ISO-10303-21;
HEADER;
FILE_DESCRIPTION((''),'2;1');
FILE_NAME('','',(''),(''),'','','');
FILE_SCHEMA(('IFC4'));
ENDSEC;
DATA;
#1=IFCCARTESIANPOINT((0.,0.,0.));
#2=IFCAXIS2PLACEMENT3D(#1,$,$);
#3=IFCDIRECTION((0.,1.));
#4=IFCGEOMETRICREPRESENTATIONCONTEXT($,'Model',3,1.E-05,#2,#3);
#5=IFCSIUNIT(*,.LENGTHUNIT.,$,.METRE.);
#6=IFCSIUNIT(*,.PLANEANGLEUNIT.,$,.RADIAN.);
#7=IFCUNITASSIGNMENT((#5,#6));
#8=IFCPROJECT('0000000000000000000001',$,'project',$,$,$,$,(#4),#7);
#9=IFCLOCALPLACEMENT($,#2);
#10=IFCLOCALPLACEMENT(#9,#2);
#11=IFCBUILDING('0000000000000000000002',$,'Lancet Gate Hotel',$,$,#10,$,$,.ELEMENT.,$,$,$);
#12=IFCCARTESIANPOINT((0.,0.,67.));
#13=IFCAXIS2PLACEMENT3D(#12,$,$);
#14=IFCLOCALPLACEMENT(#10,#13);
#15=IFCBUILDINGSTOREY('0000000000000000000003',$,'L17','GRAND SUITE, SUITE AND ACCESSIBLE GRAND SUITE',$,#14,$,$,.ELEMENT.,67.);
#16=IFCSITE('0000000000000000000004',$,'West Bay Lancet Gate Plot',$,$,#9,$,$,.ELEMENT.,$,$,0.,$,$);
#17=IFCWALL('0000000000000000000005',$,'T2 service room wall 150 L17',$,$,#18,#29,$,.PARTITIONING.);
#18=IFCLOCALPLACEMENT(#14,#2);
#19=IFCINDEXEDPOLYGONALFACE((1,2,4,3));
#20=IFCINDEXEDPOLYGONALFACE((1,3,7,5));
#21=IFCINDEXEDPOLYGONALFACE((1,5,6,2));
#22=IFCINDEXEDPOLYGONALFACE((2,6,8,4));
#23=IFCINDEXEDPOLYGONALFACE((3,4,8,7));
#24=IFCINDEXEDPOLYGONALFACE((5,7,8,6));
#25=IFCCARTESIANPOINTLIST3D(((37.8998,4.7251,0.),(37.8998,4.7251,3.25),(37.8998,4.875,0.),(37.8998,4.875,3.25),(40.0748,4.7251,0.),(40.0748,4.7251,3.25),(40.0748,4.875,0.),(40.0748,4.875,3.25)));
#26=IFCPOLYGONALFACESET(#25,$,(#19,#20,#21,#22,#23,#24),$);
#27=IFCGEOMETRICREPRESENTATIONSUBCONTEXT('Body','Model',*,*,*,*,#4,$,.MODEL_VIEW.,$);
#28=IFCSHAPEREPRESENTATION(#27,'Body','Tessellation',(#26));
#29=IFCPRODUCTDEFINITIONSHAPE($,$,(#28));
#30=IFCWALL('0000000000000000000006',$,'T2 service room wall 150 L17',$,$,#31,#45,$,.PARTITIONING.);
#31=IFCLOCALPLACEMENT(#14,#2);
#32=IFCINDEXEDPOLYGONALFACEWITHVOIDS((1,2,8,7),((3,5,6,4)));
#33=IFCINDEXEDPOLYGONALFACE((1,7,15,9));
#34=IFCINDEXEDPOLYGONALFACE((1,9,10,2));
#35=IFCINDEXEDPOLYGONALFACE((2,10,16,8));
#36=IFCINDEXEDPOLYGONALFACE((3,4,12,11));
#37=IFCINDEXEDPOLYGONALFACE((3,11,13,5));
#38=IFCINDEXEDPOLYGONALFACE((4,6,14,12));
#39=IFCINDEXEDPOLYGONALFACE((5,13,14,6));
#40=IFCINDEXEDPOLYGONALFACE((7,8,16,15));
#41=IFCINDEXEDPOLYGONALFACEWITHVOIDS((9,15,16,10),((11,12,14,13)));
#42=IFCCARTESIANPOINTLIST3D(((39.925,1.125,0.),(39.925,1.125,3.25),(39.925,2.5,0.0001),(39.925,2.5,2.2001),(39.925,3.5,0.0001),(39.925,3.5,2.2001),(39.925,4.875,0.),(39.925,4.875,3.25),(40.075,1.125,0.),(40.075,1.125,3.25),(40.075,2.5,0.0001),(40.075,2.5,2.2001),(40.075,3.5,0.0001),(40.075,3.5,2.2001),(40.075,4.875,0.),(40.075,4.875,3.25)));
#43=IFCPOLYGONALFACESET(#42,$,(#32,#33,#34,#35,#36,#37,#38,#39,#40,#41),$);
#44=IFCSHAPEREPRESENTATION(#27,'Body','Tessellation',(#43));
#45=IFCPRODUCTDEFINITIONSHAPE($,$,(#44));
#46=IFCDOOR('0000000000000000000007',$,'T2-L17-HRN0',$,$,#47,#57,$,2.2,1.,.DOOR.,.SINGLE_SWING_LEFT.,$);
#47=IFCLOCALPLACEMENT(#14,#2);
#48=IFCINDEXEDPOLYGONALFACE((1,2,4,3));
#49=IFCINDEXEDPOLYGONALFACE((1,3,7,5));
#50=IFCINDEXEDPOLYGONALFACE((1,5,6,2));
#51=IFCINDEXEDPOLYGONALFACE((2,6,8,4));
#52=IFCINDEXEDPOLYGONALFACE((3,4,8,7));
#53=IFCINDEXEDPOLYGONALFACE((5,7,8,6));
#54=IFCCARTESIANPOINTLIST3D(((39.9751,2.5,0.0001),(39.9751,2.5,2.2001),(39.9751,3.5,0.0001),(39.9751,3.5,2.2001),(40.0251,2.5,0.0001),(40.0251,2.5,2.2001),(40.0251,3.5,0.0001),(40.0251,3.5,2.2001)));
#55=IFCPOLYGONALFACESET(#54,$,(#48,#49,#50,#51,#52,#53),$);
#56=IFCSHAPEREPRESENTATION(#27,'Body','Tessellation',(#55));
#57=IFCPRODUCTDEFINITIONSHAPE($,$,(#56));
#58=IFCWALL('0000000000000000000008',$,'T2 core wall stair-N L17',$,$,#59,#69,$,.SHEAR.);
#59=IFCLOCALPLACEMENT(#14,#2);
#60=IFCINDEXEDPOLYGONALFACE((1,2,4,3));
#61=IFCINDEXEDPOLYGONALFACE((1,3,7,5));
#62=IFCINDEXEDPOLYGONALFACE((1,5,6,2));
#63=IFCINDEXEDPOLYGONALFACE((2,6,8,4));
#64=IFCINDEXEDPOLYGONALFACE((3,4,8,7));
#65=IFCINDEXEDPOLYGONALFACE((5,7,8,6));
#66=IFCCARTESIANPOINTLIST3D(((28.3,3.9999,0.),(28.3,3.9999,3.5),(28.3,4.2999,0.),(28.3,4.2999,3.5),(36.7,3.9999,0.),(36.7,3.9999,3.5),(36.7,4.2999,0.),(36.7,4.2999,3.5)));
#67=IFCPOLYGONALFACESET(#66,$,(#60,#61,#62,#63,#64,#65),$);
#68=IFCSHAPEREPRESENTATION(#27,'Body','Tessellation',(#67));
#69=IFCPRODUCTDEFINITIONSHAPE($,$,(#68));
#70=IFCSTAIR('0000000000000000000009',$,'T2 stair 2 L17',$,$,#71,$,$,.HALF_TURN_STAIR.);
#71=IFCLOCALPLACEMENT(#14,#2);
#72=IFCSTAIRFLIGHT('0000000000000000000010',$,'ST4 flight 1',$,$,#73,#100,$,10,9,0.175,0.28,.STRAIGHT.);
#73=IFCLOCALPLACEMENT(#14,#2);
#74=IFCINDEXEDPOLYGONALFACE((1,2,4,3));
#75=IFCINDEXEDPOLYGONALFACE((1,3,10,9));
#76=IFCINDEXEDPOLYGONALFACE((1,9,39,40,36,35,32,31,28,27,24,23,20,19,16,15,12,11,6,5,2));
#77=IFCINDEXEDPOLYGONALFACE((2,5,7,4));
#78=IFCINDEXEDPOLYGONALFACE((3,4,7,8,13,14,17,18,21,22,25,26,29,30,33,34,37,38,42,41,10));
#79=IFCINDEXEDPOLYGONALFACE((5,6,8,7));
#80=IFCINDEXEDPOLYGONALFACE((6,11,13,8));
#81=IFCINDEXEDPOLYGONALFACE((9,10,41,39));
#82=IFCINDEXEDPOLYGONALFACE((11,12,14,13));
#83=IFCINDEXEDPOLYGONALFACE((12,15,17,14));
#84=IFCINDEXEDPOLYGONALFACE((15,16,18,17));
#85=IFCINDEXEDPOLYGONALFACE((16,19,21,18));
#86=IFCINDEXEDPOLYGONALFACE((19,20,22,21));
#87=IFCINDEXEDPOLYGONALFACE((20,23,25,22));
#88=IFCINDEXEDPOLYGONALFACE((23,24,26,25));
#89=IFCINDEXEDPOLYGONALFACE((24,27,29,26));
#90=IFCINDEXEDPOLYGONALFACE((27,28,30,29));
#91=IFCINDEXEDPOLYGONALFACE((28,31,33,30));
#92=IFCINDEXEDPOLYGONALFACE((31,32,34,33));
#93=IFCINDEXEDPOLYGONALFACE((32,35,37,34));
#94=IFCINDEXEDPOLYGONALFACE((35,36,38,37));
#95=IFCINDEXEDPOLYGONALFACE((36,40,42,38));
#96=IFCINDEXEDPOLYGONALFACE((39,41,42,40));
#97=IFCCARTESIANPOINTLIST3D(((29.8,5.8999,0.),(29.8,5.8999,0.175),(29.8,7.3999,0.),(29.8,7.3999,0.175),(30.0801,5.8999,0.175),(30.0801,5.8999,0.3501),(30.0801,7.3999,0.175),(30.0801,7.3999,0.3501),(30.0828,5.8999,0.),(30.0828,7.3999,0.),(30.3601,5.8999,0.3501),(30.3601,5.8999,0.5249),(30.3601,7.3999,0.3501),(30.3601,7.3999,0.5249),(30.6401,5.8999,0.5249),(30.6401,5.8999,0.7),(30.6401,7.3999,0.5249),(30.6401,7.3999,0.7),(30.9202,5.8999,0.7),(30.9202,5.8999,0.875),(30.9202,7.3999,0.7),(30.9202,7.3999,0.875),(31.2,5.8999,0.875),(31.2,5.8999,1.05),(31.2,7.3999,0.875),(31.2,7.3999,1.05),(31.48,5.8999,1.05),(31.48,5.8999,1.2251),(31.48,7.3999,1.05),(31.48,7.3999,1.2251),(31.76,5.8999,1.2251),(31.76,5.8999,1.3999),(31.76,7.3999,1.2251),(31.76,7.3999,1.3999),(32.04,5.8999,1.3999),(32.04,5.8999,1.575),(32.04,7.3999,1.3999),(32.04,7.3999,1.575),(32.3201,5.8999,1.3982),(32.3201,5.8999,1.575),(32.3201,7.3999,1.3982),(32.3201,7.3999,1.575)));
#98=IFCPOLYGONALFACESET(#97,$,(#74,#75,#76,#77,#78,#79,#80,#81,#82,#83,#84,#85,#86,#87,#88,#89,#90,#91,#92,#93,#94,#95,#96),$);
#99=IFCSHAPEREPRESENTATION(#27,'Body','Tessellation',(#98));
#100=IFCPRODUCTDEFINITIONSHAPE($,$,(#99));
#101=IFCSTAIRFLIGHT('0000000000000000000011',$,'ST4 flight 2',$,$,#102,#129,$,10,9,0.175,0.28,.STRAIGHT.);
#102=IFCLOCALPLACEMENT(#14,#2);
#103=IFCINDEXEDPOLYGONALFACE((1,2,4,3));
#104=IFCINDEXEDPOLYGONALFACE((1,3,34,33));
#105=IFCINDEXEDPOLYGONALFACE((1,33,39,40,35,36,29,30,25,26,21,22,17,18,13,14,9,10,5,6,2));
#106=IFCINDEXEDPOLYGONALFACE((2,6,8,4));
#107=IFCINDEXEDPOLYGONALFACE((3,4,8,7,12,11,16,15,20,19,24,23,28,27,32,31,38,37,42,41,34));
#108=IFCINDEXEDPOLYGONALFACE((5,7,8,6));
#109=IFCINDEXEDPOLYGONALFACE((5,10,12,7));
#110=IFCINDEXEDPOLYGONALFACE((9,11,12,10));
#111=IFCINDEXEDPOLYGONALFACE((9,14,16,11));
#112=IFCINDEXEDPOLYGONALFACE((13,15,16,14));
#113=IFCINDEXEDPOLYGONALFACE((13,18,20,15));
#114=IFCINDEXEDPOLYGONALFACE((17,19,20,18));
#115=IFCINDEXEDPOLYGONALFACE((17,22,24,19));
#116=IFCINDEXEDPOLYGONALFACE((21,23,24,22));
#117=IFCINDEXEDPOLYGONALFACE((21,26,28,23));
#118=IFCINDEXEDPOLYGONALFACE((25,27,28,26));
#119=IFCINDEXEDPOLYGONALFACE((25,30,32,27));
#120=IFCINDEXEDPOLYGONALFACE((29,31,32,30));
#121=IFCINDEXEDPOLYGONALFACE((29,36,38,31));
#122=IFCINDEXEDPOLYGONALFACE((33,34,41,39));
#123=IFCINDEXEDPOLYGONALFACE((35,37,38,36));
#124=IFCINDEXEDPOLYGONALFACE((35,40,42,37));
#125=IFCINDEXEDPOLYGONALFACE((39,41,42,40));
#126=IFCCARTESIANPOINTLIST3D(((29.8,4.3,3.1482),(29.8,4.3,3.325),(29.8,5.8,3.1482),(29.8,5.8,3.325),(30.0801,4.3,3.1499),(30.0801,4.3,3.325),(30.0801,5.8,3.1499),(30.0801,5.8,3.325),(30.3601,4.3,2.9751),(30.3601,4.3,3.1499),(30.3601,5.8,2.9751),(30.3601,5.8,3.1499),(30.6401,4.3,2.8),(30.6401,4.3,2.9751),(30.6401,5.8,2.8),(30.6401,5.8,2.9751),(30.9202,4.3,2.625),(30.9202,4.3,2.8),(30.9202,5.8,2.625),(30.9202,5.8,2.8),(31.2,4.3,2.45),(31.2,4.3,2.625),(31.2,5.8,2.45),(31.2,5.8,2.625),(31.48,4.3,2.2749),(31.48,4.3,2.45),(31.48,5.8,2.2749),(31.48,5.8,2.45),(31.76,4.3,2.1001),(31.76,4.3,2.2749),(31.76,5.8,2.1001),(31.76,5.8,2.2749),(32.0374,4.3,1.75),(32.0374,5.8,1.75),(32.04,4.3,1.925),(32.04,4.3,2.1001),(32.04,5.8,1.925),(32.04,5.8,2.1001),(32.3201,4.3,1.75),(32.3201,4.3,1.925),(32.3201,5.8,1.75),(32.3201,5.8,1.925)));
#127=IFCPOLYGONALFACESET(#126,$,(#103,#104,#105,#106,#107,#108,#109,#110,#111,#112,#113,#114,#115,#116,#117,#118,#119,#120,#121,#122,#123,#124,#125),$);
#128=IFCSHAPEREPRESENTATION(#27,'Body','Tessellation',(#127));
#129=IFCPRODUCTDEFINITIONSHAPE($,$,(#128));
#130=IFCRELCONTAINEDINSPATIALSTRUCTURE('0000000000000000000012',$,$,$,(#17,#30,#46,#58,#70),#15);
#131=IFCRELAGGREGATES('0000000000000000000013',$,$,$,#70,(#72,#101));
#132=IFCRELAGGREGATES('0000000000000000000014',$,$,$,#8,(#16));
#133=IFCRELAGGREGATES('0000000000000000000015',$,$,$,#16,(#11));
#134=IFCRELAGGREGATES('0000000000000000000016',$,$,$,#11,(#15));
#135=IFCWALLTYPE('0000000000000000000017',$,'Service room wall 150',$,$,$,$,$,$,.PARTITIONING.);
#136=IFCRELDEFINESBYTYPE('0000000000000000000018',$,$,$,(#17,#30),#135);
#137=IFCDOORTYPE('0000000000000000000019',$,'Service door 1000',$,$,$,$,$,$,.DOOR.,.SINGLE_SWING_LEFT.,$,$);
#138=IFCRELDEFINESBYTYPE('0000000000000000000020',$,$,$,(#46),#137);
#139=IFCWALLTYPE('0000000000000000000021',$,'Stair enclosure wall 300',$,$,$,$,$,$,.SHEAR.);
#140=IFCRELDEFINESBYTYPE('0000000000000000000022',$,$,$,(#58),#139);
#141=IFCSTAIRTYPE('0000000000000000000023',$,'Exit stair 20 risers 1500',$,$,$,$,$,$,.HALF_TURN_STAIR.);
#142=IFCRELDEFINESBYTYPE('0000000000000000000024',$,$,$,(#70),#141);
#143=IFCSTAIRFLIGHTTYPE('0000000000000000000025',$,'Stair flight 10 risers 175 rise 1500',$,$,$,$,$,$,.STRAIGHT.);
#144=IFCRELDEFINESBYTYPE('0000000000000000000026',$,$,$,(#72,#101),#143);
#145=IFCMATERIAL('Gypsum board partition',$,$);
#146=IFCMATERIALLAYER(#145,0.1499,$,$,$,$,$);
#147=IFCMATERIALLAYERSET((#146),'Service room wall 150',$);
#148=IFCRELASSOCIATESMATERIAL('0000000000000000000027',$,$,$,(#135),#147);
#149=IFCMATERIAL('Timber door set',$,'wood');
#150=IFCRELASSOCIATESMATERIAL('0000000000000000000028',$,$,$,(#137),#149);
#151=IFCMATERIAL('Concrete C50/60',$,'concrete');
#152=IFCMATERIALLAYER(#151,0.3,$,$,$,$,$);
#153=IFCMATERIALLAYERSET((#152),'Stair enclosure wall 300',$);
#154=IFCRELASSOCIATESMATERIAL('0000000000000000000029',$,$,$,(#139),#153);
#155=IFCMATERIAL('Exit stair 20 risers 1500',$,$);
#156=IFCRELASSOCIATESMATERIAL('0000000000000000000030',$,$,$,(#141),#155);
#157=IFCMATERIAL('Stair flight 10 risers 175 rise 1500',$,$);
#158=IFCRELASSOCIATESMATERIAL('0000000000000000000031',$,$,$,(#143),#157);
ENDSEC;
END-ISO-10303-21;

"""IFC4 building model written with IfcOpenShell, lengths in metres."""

from ifc_helpers import new_model, si_unit, direction, frame, frame_2d, origin, place, context, subcontext, project, spatial, polyline, rectangle, outline, extrude, material, layer, layer_set, type_object, element, fill, aggregate, save


model = new_model("IFC4")

# Units and contexts
model_context = context("Model", 3, precision=1e-05, world=origin(), true_north=direction((0.0, 1.0)))
body_context = subcontext(model_context, "Body", "Model", "MODEL_VIEW")
ifc_project = project(units=[si_unit("LENGTHUNIT", "METRE"), si_unit("PLANEANGLEUNIT", "RADIAN")], contexts=[model_context])

# Site, building, storey
site_placement = place(None, origin())
site = spatial("IfcSite", under=ifc_project, at=site_placement, Name="West Bay Lancet Gate Plot", CompositionType="ELEMENT", RefElevation=0.0)
building_placement = place(site_placement, origin())
building = spatial("IfcBuilding", under=site, at=building_placement, Name="Lancet Gate Hotel", CompositionType="ELEMENT")
storey_placement = place(building_placement, frame((0.0, 0.0, 67.0)))
storey = spatial("IfcBuildingStorey", under=building, at=storey_placement, Name="L17", Description="GRAND SUITE, SUITE AND ACCESSIBLE GRAND SUITE", CompositionType="ELEMENT", Elevation=67.0)

# Wall
ifc_material_1 = material(Name="Gypsum board partition")
ifc_layer_1 = layer(ifc_material_1, 0.1499)
ifc_layer_set_1 = layer_set([ifc_layer_1], Name="Service room wall 150")
wall_type_1 = type_object("IfcWallType", Name="Service room wall 150", PredefinedType="PARTITIONING", material=ifc_layer_set_1)
for number, where, z_axis, x_axis, name in (
    (1, (37.8999, 4.8, 0.0), (0.0, 0.0, 1.0), (1.0, 0.0, 0.0), "T2 service room wall 150 L17"),
):
    element("IfcWall", number, at=place(storey_placement, frame(where, z_axis=z_axis, x_axis=x_axis)), inside=storey, type_object=wall_type_1, Name=name, PredefinedType="PARTITIONING", context=body_context, shape_type="SweptSolid", body=[
        extrude(rectangle(XDim=2.175, YDim=0.1499, at=frame_2d((1.0874, 0.0))), origin(), (0.0, 0.0, 1.0), 3.25),
    ])

# Wall, opening, door
wall_1_placement = place(storey_placement, frame((40.0, 1.125, 0.0), z_axis=(0.0, 0.0, 1.0), x_axis=(0.0, 1.0, 0.0)))
wall_1 = element("IfcWall", 2, at=wall_1_placement, inside=storey, type_object=wall_type_1, Name="T2 service room wall 150 L17", PredefinedType="PARTITIONING", context=body_context, shape_type="SweptSolid", body=[
    extrude(rectangle(XDim=3.75, YDim=0.1499, at=frame_2d((1.875, 0.0))), origin(), (0.0, 0.0, 1.0), 3.25),
])
opening_1_placement = place(wall_1_placement, frame((1.375, 0.0, 0.0)))
opening_1 = element("IfcOpeningElement", 3, at=opening_1_placement, cuts=wall_1, PredefinedType="OPENING", context=body_context, shape_type="SweptSolid", body=[
    extrude(rectangle(XDim=1.0, YDim=2.2, at=frame_2d((0.5, 1.1001))), frame((0.0, 0.085, 0.0), z_axis=(0.0, -1.0, 0.0), x_axis=(1.0, 0.0, 0.0)), (0.0, 0.0, 1.0), 0.1699),
])
ifc_material_2 = material(Name="Timber door set", Category="wood")
door_type_1 = type_object("IfcDoorType", Name="Service door 1000", OperationType="SINGLE_SWING_LEFT", PredefinedType="DOOR", material=ifc_material_2)
door_1_placement = place(opening_1_placement, origin())
door_1 = element("IfcDoor", 4, at=door_1_placement, inside=storey, type_object=door_type_1, Name="T2-L17-HRN0", OperationType="SINGLE_SWING_LEFT", OverallHeight=2.2, OverallWidth=1.0, PredefinedType="DOOR", context=body_context, shape_type="SweptSolid", body=[
    extrude(rectangle(XDim=1.0, YDim=2.2, at=frame_2d((0.5, 1.1001))), frame((0.0, 0.0249, 0.0), z_axis=(0.0, -1.0, 0.0), x_axis=(1.0, 0.0, 0.0)), (0.0, 0.0, 1.0), 0.05),
])
fill(opening_1, door_1)

# Wall
ifc_material_3 = material(Name="Concrete C50/60", Category="concrete")
ifc_layer_2 = layer(ifc_material_3, 0.3)
ifc_layer_set_2 = layer_set([ifc_layer_2], Name="Stair enclosure wall 300")
wall_type_2 = type_object("IfcWallType", Name="Stair enclosure wall 300", PredefinedType="SHEAR", material=ifc_layer_set_2)
wall_2_placement = place(storey_placement, frame((28.3, 4.1499, 0.0), z_axis=(0.0, 0.0, 1.0), x_axis=(1.0, 0.0, 0.0)))
element("IfcWall", 5, at=wall_2_placement, inside=storey, type_object=wall_type_2, Name="T2 core wall stair-N L17", PredefinedType="SHEAR", context=body_context, shape_type="SweptSolid", body=[
    extrude(rectangle(XDim=8.3999, YDim=0.3, at=frame_2d((4.2, 0.0))), origin(), (0.0, 0.0, 1.0), 3.5),
])

# Stair, stair flights
ifc_material_4 = material(Name="Exit stair 20 risers 1500")
stair_type = type_object("IfcStairType", Name="Exit stair 20 risers 1500", PredefinedType="HALF_TURN_STAIR", material=ifc_material_4)
stair_placement = place(storey_placement, origin())
stair = element("IfcStair", 6, at=stair_placement, inside=storey, type_object=stair_type, Name="T2 stair 2 L17", PredefinedType="HALF_TURN_STAIR")
ifc_material_5 = material(Name="Stair flight 10 risers 175 rise 1500")
stair_flight_type = type_object("IfcStairFlightType", Name="Stair flight 10 risers 175 rise 1500", PredefinedType="STRAIGHT", material=ifc_material_5)
stair_flight_1_placement = place(storey_placement, frame((29.8, 6.6499, 0.0), z_axis=(0.0, 0.0, 1.0), x_axis=(1.0, 0.0, 0.0)))
stair_flight_1 = element("IfcStairFlight", 7, at=stair_flight_1_placement, type_object=stair_flight_type, Name="ST4 flight 1", NumberOfRisers=10, NumberOfTreads=9, PredefinedType="STRAIGHT", RiserHeight=0.175, TreadLength=0.28, context=body_context, shape_type="SweptSolid", body=[
    extrude(outline(polyline([(0.0, 0.0), (0.0, 0.175), (0.28, 0.175), (0.28, 0.3501), (0.5601, 0.3501), (0.5601, 0.5249), (0.8401, 0.5249), (0.8401, 0.7), (1.1201, 0.7), (1.1201, 0.875), (1.3999, 0.875), (1.3999, 1.05), (1.6799, 1.05), (1.6799, 1.2251), (1.96, 1.2251), (1.96, 1.3999), (2.24, 1.3999), (2.24, 1.575), (2.52, 1.575), (2.52, 1.75), (2.52, 1.3982), (0.2827, 0.0), (0.0, 0.0)])), frame((0.0, 0.75, 0.0), z_axis=(0.0, -1.0, 0.0), x_axis=(1.0, 0.0, 0.0)), (0.0, 0.0, 1.0), 1.5),
])
stair_flight_2_placement = place(storey_placement, frame((32.3201, 5.05, 1.75), z_axis=(0.0, 0.0, 1.0), x_axis=(-1.0, 0.0, 0.0)))
stair_flight_2 = element("IfcStairFlight", 8, at=stair_flight_2_placement, type_object=stair_flight_type, Name="ST4 flight 2", NumberOfRisers=10, NumberOfTreads=9, PredefinedType="STRAIGHT", RiserHeight=0.175, TreadLength=0.28, context=body_context, shape_type="SweptSolid", body=[
    extrude(outline(polyline([(0.0, 0.0), (0.0, 0.175), (0.28, 0.175), (0.28, 0.3501), (0.5601, 0.3501), (0.5601, 0.5249), (0.8401, 0.5249), (0.8401, 0.7), (1.1201, 0.7), (1.1201, 0.875), (1.3999, 0.875), (1.3999, 1.05), (1.6799, 1.05), (1.6799, 1.2251), (1.96, 1.2251), (1.96, 1.3999), (2.24, 1.3999), (2.24, 1.575), (2.52, 1.575), (2.52, 1.75), (2.52, 1.3982), (0.2827, 0.0), (0.0, 0.0)])), frame((0.0, 0.75, 0.0), z_axis=(0.0, -1.0, 0.0), x_axis=(1.0, 0.0, 0.0)), (0.0, 0.0, 1.0), 1.5),
])
aggregate(stair, [stair_flight_1, stair_flight_2])

save(model, "model.ifc")
